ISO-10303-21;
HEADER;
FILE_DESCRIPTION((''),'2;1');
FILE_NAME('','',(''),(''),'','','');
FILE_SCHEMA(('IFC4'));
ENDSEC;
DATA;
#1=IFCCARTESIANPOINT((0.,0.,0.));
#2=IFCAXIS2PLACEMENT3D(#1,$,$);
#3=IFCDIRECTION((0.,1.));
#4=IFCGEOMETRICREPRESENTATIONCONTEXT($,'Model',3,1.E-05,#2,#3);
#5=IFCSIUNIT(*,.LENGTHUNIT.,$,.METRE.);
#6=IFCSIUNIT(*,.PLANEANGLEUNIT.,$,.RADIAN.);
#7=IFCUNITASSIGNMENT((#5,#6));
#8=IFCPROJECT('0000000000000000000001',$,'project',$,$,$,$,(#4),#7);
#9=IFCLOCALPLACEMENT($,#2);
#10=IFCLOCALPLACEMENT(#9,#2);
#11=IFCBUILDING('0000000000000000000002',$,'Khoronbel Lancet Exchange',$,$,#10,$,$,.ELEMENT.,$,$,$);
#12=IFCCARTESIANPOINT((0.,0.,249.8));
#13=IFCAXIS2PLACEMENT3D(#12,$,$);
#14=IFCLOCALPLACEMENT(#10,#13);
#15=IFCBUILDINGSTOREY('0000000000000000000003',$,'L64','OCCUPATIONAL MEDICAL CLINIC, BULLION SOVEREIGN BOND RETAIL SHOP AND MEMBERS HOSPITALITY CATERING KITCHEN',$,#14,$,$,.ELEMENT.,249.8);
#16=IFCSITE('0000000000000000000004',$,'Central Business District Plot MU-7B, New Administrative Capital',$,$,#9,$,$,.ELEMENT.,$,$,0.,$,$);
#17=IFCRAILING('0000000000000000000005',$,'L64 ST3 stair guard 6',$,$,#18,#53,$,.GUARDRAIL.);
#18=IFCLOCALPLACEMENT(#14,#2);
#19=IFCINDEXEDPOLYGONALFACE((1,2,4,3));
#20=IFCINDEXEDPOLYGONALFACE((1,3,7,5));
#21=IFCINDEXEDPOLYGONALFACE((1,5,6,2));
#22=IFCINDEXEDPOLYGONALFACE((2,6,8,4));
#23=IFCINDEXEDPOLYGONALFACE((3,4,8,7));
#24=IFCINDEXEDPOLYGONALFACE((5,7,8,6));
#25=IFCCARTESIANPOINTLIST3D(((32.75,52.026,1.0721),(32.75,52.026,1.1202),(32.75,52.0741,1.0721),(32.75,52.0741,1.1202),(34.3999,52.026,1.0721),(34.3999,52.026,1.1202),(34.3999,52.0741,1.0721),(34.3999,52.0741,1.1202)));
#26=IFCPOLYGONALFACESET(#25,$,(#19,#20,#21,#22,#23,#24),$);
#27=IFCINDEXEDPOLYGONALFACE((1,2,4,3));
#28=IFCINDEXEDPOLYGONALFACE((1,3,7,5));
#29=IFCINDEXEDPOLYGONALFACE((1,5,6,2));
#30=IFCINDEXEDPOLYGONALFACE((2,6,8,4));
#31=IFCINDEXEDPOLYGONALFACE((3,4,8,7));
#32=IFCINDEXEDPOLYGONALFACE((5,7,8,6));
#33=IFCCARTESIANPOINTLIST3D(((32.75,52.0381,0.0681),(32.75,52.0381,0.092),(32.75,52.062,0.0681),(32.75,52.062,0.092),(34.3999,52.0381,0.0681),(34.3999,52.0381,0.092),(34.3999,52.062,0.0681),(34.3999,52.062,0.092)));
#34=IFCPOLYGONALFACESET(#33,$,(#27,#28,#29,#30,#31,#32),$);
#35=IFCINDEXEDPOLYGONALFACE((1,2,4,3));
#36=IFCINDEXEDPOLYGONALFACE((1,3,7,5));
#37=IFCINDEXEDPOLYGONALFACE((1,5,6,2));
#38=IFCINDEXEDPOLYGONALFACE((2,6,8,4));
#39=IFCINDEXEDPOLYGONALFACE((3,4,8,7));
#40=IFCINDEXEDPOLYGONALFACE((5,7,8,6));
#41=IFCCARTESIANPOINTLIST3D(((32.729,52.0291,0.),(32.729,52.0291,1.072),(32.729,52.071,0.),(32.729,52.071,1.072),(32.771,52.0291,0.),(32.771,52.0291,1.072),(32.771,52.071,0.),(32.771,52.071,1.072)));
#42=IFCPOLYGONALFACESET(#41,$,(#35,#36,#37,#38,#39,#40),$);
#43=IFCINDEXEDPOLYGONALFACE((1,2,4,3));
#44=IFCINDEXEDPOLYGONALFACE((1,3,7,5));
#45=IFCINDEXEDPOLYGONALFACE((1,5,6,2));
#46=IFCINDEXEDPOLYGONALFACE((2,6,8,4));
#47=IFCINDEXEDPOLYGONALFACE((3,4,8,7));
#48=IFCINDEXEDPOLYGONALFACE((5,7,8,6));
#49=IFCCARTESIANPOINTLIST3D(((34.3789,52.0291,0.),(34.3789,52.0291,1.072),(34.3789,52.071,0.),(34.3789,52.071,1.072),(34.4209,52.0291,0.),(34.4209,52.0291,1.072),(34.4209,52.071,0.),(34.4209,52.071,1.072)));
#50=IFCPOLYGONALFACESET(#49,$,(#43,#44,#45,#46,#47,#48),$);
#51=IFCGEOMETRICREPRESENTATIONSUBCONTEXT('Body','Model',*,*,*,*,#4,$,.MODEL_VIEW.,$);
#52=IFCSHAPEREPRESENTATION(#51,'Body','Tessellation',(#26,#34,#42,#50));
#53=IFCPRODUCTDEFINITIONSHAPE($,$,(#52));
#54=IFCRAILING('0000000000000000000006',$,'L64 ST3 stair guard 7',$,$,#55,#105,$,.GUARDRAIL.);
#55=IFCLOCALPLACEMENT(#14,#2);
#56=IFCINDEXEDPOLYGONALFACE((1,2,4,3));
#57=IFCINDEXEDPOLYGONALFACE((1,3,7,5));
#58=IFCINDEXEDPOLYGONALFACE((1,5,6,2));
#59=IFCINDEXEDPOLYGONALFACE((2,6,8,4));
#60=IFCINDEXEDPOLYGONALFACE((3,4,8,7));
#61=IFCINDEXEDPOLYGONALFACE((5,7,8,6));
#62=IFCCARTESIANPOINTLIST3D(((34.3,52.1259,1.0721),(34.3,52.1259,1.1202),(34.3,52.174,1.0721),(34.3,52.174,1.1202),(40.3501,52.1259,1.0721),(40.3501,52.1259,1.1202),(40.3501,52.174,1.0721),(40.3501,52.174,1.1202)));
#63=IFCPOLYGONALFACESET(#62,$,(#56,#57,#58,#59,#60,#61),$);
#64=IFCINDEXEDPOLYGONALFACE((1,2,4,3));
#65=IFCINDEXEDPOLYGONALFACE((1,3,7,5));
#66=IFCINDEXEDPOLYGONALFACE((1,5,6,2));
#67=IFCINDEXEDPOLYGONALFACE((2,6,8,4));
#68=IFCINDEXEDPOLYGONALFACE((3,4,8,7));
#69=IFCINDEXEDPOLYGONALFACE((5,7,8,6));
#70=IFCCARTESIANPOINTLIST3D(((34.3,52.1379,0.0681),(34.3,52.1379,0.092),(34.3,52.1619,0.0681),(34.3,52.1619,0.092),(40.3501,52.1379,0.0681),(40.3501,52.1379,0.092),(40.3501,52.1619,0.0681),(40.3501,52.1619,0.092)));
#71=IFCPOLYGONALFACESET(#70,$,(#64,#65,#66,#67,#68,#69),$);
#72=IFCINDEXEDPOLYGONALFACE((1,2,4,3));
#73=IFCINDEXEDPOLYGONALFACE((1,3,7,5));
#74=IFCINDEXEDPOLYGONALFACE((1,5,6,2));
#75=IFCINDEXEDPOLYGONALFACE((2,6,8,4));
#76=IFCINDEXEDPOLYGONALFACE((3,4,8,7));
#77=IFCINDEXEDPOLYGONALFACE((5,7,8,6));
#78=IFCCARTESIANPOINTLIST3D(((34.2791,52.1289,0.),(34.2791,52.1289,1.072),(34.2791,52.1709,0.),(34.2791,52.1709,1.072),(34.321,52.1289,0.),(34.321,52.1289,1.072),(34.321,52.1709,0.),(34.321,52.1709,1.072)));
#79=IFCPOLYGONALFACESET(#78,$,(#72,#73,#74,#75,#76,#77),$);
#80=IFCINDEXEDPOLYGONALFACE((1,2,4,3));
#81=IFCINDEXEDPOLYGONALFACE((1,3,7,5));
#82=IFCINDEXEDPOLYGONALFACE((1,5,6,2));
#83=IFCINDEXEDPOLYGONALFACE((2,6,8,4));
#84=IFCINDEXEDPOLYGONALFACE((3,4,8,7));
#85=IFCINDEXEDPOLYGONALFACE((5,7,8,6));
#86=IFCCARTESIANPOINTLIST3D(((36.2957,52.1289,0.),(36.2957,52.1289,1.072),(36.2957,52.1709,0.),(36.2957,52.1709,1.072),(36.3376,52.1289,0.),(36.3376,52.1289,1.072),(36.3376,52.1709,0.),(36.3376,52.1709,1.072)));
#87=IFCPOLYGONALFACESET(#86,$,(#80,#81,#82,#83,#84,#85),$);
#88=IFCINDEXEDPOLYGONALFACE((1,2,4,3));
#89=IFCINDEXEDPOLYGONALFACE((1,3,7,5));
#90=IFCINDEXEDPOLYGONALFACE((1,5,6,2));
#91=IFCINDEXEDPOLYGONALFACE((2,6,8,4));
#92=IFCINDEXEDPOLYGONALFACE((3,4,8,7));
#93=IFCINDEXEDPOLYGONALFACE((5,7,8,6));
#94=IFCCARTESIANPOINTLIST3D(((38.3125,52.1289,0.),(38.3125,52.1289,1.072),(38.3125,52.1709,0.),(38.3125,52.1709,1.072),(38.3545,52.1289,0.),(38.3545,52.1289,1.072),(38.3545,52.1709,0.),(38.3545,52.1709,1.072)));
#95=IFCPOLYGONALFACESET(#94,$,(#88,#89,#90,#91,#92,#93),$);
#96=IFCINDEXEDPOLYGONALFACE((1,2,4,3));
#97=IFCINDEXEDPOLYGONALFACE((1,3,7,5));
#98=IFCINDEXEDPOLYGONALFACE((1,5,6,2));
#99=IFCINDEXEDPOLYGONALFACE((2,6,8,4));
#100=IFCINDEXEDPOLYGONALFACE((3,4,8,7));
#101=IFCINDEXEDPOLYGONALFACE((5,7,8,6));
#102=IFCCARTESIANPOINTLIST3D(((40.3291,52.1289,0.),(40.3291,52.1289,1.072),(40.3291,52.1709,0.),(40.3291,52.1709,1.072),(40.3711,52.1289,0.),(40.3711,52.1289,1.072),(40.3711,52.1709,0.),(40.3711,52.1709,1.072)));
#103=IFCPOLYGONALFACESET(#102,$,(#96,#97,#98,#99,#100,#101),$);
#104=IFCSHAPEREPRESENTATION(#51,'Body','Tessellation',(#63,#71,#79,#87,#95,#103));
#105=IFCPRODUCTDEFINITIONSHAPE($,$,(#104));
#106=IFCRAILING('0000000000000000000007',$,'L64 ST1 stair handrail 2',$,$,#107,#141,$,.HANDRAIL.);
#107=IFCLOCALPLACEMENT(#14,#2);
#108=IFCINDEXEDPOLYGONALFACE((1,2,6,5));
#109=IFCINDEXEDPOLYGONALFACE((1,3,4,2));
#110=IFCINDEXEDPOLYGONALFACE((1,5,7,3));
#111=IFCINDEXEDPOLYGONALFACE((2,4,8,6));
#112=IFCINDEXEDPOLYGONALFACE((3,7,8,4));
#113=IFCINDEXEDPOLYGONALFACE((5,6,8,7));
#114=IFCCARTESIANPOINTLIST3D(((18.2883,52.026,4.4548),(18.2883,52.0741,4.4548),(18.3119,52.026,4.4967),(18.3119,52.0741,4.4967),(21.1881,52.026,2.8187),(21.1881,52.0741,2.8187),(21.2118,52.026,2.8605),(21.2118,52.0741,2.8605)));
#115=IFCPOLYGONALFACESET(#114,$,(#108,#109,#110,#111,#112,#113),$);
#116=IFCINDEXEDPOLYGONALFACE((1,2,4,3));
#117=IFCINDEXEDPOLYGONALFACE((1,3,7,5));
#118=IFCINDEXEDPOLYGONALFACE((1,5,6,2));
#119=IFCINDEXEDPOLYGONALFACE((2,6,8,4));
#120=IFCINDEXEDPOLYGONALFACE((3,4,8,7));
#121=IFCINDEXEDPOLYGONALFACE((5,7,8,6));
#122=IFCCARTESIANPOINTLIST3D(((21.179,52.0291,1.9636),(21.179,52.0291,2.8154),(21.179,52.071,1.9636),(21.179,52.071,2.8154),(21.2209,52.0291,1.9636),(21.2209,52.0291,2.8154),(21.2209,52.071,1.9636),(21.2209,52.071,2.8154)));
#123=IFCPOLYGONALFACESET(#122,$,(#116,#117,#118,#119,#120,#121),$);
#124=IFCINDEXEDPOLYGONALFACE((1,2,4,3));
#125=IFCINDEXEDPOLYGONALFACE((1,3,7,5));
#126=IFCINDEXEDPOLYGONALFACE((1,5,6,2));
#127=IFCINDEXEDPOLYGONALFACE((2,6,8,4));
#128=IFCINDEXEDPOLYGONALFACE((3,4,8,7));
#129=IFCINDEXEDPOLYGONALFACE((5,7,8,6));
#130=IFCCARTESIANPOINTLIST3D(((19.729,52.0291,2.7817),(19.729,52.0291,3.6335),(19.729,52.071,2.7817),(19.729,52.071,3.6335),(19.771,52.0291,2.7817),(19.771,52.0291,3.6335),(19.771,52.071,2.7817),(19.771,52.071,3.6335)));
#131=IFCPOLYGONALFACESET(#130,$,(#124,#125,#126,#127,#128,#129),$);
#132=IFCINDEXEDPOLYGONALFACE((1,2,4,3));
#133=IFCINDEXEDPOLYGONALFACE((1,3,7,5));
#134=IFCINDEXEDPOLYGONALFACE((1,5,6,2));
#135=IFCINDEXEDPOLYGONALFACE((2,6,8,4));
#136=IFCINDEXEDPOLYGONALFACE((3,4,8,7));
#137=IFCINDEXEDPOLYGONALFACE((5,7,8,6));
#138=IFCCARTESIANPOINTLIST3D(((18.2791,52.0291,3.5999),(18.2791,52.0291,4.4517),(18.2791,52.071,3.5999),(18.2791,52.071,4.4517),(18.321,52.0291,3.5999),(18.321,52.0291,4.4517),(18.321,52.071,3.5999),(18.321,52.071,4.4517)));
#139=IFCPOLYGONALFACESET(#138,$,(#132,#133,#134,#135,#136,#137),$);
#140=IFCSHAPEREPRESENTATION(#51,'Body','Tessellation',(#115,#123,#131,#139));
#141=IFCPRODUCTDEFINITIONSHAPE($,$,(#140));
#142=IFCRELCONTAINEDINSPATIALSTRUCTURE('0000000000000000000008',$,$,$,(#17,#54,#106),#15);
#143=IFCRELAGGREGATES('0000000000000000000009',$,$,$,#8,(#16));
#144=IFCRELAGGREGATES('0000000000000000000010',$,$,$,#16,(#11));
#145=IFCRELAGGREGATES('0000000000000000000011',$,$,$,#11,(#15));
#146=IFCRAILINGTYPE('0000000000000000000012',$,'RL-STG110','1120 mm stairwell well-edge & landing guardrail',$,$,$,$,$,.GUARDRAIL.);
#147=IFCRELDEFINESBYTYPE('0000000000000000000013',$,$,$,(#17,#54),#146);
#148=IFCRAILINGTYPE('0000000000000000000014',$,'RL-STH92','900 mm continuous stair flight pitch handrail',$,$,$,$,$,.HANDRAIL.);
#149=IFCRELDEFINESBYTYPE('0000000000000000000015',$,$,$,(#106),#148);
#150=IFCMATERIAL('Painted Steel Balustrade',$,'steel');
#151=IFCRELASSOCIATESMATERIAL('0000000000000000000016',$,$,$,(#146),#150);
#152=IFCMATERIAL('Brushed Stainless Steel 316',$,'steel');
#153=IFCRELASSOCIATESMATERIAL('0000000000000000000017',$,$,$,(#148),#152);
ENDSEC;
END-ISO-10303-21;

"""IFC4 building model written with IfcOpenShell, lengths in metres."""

from ifc_helpers import new_model, si_unit, direction, frame, origin, origin_2d, place, context, subcontext, project, spatial, rectangle, extrude, material, type_object, element, save


model = new_model("IFC4")

# Units and contexts
model_context = context("Model", 3, precision=1e-05, world=origin(), true_north=direction((0.0, 1.0)))
body_context = subcontext(model_context, "Body", "Model", "MODEL_VIEW")
ifc_project = project(units=[si_unit("LENGTHUNIT", "METRE"), si_unit("PLANEANGLEUNIT", "RADIAN")], contexts=[model_context])

# Site, building, storey
site_placement = place(None, origin())
site = spatial("IfcSite", under=ifc_project, at=site_placement, Name="Central Business District Plot MU-7B, New Administrative Capital", CompositionType="ELEMENT", RefElevation=0.0)
building_placement = place(site_placement, origin())
building = spatial("IfcBuilding", under=site, at=building_placement, Name="Khoronbel Lancet Exchange", CompositionType="ELEMENT")
storey_placement = place(building_placement, frame((0.0, 0.0, 249.8)))
storey = spatial("IfcBuildingStorey", under=building, at=storey_placement, Name="L64", Description="OCCUPATIONAL MEDICAL CLINIC, BULLION SOVEREIGN BOND RETAIL SHOP AND MEMBERS HOSPITALITY CATERING KITCHEN", CompositionType="ELEMENT", Elevation=249.8)

# Railings
ifc_material_1 = material(Name="Painted Steel Balustrade", Category="steel")
railing_type_1 = type_object("IfcRailingType", Name="RL-STG110", Description="1120 mm stairwell well-edge & landing guardrail", PredefinedType="GUARDRAIL", material=ifc_material_1)
railing_1_placement = place(storey_placement, frame((32.75, 52.05, 0.0)))
element("IfcRailing", 1, at=railing_1_placement, inside=storey, type_object=railing_type_1, Name="L64 ST3 stair guard 6", PredefinedType="GUARDRAIL", context=body_context, shape_type="SweptSolid", body=[
    extrude(rectangle(XDim=0.0481, YDim=0.0481, at=origin_2d()), frame((0.0, 0.0, 1.0962), z_axis=(1.0, 0.0, 0.0), x_axis=(0.0, 1.0, 0.0)), (0.0, 0.0, 1.0), 1.6499),
    extrude(rectangle(XDim=0.0239, YDim=0.0239, at=origin_2d()), frame((0.0, 0.0, 0.0801), z_axis=(1.0, 0.0, 0.0), x_axis=(0.0, 1.0, 0.0)), (0.0, 0.0, 1.0), 1.6499),
    extrude(rectangle(XDim=0.042, YDim=0.042, at=origin_2d()), origin(), (0.0, 0.0, 1.0), 1.072),
    extrude(rectangle(XDim=0.042, YDim=0.042, at=origin_2d()), frame((1.6499, 0.0, 0.0)), (0.0, 0.0, 1.0), 1.072),
])
railing_2_placement = place(storey_placement, frame((34.3, 52.1499, 0.0)))
element("IfcRailing", 2, at=railing_2_placement, inside=storey, type_object=railing_type_1, Name="L64 ST3 stair guard 7", PredefinedType="GUARDRAIL", context=body_context, shape_type="SweptSolid", body=[
    extrude(rectangle(XDim=0.0481, YDim=0.0481, at=origin_2d()), frame((0.0, 0.0, 1.0962), z_axis=(1.0, 0.0, 0.0), x_axis=(0.0, 1.0, 0.0)), (0.0, 0.0, 1.0), 6.05),
    extrude(rectangle(XDim=0.0239, YDim=0.0239, at=origin_2d()), frame((0.0, 0.0, 0.0801), z_axis=(1.0, 0.0, 0.0), x_axis=(0.0, 1.0, 0.0)), (0.0, 0.0, 1.0), 6.05),
    extrude(rectangle(XDim=0.042, YDim=0.042, at=origin_2d()), origin(), (0.0, 0.0, 1.0), 1.072),
    extrude(rectangle(XDim=0.042, YDim=0.042, at=origin_2d()), frame((2.0166, 0.0, 0.0)), (0.0, 0.0, 1.0), 1.072),
    extrude(rectangle(XDim=0.042, YDim=0.042, at=origin_2d()), frame((4.0334, 0.0, 0.0)), (0.0, 0.0, 1.0), 1.072),
    extrude(rectangle(XDim=0.042, YDim=0.042, at=origin_2d()), frame((6.05, 0.0, 0.0)), (0.0, 0.0, 1.0), 1.072),
])
ifc_material_2 = material(Name="Brushed Stainless Steel 316", Category="steel")
railing_type_2 = type_object("IfcRailingType", Name="RL-STH92", Description="900 mm continuous stair flight pitch handrail", PredefinedType="HANDRAIL", material=ifc_material_2)
railing_3_placement = place(storey_placement, frame((21.2, 52.05, 1.9636)))
element("IfcRailing", 3, at=railing_3_placement, inside=storey, type_object=railing_type_2, Name="L64 ST1 stair handrail 2", PredefinedType="HANDRAIL", context=body_context, shape_type="SweptSolid", body=[
    extrude(rectangle(XDim=0.0481, YDim=0.0481, at=origin_2d()), frame((0.0, 0.0, 0.876), z_axis=(-0.870929, 0.0, 0.49141), x_axis=(0.0, -1.0, 0.0)), (0.0, 0.0, 1.0), 3.3296),
    extrude(rectangle(XDim=0.042, YDim=0.042, at=origin_2d()), origin(), (0.0, 0.0, 1.0), 0.8518),
    extrude(rectangle(XDim=0.042, YDim=0.042, at=origin_2d()), frame((-1.45, 0.0, 0.8181)), (0.0, 0.0, 1.0), 0.8518),
    extrude(rectangle(XDim=0.042, YDim=0.042, at=origin_2d()), frame((-2.8999, 0.0, 1.6362)), (0.0, 0.0, 1.0), 0.8518),
])

save(model, "model.ifc")
